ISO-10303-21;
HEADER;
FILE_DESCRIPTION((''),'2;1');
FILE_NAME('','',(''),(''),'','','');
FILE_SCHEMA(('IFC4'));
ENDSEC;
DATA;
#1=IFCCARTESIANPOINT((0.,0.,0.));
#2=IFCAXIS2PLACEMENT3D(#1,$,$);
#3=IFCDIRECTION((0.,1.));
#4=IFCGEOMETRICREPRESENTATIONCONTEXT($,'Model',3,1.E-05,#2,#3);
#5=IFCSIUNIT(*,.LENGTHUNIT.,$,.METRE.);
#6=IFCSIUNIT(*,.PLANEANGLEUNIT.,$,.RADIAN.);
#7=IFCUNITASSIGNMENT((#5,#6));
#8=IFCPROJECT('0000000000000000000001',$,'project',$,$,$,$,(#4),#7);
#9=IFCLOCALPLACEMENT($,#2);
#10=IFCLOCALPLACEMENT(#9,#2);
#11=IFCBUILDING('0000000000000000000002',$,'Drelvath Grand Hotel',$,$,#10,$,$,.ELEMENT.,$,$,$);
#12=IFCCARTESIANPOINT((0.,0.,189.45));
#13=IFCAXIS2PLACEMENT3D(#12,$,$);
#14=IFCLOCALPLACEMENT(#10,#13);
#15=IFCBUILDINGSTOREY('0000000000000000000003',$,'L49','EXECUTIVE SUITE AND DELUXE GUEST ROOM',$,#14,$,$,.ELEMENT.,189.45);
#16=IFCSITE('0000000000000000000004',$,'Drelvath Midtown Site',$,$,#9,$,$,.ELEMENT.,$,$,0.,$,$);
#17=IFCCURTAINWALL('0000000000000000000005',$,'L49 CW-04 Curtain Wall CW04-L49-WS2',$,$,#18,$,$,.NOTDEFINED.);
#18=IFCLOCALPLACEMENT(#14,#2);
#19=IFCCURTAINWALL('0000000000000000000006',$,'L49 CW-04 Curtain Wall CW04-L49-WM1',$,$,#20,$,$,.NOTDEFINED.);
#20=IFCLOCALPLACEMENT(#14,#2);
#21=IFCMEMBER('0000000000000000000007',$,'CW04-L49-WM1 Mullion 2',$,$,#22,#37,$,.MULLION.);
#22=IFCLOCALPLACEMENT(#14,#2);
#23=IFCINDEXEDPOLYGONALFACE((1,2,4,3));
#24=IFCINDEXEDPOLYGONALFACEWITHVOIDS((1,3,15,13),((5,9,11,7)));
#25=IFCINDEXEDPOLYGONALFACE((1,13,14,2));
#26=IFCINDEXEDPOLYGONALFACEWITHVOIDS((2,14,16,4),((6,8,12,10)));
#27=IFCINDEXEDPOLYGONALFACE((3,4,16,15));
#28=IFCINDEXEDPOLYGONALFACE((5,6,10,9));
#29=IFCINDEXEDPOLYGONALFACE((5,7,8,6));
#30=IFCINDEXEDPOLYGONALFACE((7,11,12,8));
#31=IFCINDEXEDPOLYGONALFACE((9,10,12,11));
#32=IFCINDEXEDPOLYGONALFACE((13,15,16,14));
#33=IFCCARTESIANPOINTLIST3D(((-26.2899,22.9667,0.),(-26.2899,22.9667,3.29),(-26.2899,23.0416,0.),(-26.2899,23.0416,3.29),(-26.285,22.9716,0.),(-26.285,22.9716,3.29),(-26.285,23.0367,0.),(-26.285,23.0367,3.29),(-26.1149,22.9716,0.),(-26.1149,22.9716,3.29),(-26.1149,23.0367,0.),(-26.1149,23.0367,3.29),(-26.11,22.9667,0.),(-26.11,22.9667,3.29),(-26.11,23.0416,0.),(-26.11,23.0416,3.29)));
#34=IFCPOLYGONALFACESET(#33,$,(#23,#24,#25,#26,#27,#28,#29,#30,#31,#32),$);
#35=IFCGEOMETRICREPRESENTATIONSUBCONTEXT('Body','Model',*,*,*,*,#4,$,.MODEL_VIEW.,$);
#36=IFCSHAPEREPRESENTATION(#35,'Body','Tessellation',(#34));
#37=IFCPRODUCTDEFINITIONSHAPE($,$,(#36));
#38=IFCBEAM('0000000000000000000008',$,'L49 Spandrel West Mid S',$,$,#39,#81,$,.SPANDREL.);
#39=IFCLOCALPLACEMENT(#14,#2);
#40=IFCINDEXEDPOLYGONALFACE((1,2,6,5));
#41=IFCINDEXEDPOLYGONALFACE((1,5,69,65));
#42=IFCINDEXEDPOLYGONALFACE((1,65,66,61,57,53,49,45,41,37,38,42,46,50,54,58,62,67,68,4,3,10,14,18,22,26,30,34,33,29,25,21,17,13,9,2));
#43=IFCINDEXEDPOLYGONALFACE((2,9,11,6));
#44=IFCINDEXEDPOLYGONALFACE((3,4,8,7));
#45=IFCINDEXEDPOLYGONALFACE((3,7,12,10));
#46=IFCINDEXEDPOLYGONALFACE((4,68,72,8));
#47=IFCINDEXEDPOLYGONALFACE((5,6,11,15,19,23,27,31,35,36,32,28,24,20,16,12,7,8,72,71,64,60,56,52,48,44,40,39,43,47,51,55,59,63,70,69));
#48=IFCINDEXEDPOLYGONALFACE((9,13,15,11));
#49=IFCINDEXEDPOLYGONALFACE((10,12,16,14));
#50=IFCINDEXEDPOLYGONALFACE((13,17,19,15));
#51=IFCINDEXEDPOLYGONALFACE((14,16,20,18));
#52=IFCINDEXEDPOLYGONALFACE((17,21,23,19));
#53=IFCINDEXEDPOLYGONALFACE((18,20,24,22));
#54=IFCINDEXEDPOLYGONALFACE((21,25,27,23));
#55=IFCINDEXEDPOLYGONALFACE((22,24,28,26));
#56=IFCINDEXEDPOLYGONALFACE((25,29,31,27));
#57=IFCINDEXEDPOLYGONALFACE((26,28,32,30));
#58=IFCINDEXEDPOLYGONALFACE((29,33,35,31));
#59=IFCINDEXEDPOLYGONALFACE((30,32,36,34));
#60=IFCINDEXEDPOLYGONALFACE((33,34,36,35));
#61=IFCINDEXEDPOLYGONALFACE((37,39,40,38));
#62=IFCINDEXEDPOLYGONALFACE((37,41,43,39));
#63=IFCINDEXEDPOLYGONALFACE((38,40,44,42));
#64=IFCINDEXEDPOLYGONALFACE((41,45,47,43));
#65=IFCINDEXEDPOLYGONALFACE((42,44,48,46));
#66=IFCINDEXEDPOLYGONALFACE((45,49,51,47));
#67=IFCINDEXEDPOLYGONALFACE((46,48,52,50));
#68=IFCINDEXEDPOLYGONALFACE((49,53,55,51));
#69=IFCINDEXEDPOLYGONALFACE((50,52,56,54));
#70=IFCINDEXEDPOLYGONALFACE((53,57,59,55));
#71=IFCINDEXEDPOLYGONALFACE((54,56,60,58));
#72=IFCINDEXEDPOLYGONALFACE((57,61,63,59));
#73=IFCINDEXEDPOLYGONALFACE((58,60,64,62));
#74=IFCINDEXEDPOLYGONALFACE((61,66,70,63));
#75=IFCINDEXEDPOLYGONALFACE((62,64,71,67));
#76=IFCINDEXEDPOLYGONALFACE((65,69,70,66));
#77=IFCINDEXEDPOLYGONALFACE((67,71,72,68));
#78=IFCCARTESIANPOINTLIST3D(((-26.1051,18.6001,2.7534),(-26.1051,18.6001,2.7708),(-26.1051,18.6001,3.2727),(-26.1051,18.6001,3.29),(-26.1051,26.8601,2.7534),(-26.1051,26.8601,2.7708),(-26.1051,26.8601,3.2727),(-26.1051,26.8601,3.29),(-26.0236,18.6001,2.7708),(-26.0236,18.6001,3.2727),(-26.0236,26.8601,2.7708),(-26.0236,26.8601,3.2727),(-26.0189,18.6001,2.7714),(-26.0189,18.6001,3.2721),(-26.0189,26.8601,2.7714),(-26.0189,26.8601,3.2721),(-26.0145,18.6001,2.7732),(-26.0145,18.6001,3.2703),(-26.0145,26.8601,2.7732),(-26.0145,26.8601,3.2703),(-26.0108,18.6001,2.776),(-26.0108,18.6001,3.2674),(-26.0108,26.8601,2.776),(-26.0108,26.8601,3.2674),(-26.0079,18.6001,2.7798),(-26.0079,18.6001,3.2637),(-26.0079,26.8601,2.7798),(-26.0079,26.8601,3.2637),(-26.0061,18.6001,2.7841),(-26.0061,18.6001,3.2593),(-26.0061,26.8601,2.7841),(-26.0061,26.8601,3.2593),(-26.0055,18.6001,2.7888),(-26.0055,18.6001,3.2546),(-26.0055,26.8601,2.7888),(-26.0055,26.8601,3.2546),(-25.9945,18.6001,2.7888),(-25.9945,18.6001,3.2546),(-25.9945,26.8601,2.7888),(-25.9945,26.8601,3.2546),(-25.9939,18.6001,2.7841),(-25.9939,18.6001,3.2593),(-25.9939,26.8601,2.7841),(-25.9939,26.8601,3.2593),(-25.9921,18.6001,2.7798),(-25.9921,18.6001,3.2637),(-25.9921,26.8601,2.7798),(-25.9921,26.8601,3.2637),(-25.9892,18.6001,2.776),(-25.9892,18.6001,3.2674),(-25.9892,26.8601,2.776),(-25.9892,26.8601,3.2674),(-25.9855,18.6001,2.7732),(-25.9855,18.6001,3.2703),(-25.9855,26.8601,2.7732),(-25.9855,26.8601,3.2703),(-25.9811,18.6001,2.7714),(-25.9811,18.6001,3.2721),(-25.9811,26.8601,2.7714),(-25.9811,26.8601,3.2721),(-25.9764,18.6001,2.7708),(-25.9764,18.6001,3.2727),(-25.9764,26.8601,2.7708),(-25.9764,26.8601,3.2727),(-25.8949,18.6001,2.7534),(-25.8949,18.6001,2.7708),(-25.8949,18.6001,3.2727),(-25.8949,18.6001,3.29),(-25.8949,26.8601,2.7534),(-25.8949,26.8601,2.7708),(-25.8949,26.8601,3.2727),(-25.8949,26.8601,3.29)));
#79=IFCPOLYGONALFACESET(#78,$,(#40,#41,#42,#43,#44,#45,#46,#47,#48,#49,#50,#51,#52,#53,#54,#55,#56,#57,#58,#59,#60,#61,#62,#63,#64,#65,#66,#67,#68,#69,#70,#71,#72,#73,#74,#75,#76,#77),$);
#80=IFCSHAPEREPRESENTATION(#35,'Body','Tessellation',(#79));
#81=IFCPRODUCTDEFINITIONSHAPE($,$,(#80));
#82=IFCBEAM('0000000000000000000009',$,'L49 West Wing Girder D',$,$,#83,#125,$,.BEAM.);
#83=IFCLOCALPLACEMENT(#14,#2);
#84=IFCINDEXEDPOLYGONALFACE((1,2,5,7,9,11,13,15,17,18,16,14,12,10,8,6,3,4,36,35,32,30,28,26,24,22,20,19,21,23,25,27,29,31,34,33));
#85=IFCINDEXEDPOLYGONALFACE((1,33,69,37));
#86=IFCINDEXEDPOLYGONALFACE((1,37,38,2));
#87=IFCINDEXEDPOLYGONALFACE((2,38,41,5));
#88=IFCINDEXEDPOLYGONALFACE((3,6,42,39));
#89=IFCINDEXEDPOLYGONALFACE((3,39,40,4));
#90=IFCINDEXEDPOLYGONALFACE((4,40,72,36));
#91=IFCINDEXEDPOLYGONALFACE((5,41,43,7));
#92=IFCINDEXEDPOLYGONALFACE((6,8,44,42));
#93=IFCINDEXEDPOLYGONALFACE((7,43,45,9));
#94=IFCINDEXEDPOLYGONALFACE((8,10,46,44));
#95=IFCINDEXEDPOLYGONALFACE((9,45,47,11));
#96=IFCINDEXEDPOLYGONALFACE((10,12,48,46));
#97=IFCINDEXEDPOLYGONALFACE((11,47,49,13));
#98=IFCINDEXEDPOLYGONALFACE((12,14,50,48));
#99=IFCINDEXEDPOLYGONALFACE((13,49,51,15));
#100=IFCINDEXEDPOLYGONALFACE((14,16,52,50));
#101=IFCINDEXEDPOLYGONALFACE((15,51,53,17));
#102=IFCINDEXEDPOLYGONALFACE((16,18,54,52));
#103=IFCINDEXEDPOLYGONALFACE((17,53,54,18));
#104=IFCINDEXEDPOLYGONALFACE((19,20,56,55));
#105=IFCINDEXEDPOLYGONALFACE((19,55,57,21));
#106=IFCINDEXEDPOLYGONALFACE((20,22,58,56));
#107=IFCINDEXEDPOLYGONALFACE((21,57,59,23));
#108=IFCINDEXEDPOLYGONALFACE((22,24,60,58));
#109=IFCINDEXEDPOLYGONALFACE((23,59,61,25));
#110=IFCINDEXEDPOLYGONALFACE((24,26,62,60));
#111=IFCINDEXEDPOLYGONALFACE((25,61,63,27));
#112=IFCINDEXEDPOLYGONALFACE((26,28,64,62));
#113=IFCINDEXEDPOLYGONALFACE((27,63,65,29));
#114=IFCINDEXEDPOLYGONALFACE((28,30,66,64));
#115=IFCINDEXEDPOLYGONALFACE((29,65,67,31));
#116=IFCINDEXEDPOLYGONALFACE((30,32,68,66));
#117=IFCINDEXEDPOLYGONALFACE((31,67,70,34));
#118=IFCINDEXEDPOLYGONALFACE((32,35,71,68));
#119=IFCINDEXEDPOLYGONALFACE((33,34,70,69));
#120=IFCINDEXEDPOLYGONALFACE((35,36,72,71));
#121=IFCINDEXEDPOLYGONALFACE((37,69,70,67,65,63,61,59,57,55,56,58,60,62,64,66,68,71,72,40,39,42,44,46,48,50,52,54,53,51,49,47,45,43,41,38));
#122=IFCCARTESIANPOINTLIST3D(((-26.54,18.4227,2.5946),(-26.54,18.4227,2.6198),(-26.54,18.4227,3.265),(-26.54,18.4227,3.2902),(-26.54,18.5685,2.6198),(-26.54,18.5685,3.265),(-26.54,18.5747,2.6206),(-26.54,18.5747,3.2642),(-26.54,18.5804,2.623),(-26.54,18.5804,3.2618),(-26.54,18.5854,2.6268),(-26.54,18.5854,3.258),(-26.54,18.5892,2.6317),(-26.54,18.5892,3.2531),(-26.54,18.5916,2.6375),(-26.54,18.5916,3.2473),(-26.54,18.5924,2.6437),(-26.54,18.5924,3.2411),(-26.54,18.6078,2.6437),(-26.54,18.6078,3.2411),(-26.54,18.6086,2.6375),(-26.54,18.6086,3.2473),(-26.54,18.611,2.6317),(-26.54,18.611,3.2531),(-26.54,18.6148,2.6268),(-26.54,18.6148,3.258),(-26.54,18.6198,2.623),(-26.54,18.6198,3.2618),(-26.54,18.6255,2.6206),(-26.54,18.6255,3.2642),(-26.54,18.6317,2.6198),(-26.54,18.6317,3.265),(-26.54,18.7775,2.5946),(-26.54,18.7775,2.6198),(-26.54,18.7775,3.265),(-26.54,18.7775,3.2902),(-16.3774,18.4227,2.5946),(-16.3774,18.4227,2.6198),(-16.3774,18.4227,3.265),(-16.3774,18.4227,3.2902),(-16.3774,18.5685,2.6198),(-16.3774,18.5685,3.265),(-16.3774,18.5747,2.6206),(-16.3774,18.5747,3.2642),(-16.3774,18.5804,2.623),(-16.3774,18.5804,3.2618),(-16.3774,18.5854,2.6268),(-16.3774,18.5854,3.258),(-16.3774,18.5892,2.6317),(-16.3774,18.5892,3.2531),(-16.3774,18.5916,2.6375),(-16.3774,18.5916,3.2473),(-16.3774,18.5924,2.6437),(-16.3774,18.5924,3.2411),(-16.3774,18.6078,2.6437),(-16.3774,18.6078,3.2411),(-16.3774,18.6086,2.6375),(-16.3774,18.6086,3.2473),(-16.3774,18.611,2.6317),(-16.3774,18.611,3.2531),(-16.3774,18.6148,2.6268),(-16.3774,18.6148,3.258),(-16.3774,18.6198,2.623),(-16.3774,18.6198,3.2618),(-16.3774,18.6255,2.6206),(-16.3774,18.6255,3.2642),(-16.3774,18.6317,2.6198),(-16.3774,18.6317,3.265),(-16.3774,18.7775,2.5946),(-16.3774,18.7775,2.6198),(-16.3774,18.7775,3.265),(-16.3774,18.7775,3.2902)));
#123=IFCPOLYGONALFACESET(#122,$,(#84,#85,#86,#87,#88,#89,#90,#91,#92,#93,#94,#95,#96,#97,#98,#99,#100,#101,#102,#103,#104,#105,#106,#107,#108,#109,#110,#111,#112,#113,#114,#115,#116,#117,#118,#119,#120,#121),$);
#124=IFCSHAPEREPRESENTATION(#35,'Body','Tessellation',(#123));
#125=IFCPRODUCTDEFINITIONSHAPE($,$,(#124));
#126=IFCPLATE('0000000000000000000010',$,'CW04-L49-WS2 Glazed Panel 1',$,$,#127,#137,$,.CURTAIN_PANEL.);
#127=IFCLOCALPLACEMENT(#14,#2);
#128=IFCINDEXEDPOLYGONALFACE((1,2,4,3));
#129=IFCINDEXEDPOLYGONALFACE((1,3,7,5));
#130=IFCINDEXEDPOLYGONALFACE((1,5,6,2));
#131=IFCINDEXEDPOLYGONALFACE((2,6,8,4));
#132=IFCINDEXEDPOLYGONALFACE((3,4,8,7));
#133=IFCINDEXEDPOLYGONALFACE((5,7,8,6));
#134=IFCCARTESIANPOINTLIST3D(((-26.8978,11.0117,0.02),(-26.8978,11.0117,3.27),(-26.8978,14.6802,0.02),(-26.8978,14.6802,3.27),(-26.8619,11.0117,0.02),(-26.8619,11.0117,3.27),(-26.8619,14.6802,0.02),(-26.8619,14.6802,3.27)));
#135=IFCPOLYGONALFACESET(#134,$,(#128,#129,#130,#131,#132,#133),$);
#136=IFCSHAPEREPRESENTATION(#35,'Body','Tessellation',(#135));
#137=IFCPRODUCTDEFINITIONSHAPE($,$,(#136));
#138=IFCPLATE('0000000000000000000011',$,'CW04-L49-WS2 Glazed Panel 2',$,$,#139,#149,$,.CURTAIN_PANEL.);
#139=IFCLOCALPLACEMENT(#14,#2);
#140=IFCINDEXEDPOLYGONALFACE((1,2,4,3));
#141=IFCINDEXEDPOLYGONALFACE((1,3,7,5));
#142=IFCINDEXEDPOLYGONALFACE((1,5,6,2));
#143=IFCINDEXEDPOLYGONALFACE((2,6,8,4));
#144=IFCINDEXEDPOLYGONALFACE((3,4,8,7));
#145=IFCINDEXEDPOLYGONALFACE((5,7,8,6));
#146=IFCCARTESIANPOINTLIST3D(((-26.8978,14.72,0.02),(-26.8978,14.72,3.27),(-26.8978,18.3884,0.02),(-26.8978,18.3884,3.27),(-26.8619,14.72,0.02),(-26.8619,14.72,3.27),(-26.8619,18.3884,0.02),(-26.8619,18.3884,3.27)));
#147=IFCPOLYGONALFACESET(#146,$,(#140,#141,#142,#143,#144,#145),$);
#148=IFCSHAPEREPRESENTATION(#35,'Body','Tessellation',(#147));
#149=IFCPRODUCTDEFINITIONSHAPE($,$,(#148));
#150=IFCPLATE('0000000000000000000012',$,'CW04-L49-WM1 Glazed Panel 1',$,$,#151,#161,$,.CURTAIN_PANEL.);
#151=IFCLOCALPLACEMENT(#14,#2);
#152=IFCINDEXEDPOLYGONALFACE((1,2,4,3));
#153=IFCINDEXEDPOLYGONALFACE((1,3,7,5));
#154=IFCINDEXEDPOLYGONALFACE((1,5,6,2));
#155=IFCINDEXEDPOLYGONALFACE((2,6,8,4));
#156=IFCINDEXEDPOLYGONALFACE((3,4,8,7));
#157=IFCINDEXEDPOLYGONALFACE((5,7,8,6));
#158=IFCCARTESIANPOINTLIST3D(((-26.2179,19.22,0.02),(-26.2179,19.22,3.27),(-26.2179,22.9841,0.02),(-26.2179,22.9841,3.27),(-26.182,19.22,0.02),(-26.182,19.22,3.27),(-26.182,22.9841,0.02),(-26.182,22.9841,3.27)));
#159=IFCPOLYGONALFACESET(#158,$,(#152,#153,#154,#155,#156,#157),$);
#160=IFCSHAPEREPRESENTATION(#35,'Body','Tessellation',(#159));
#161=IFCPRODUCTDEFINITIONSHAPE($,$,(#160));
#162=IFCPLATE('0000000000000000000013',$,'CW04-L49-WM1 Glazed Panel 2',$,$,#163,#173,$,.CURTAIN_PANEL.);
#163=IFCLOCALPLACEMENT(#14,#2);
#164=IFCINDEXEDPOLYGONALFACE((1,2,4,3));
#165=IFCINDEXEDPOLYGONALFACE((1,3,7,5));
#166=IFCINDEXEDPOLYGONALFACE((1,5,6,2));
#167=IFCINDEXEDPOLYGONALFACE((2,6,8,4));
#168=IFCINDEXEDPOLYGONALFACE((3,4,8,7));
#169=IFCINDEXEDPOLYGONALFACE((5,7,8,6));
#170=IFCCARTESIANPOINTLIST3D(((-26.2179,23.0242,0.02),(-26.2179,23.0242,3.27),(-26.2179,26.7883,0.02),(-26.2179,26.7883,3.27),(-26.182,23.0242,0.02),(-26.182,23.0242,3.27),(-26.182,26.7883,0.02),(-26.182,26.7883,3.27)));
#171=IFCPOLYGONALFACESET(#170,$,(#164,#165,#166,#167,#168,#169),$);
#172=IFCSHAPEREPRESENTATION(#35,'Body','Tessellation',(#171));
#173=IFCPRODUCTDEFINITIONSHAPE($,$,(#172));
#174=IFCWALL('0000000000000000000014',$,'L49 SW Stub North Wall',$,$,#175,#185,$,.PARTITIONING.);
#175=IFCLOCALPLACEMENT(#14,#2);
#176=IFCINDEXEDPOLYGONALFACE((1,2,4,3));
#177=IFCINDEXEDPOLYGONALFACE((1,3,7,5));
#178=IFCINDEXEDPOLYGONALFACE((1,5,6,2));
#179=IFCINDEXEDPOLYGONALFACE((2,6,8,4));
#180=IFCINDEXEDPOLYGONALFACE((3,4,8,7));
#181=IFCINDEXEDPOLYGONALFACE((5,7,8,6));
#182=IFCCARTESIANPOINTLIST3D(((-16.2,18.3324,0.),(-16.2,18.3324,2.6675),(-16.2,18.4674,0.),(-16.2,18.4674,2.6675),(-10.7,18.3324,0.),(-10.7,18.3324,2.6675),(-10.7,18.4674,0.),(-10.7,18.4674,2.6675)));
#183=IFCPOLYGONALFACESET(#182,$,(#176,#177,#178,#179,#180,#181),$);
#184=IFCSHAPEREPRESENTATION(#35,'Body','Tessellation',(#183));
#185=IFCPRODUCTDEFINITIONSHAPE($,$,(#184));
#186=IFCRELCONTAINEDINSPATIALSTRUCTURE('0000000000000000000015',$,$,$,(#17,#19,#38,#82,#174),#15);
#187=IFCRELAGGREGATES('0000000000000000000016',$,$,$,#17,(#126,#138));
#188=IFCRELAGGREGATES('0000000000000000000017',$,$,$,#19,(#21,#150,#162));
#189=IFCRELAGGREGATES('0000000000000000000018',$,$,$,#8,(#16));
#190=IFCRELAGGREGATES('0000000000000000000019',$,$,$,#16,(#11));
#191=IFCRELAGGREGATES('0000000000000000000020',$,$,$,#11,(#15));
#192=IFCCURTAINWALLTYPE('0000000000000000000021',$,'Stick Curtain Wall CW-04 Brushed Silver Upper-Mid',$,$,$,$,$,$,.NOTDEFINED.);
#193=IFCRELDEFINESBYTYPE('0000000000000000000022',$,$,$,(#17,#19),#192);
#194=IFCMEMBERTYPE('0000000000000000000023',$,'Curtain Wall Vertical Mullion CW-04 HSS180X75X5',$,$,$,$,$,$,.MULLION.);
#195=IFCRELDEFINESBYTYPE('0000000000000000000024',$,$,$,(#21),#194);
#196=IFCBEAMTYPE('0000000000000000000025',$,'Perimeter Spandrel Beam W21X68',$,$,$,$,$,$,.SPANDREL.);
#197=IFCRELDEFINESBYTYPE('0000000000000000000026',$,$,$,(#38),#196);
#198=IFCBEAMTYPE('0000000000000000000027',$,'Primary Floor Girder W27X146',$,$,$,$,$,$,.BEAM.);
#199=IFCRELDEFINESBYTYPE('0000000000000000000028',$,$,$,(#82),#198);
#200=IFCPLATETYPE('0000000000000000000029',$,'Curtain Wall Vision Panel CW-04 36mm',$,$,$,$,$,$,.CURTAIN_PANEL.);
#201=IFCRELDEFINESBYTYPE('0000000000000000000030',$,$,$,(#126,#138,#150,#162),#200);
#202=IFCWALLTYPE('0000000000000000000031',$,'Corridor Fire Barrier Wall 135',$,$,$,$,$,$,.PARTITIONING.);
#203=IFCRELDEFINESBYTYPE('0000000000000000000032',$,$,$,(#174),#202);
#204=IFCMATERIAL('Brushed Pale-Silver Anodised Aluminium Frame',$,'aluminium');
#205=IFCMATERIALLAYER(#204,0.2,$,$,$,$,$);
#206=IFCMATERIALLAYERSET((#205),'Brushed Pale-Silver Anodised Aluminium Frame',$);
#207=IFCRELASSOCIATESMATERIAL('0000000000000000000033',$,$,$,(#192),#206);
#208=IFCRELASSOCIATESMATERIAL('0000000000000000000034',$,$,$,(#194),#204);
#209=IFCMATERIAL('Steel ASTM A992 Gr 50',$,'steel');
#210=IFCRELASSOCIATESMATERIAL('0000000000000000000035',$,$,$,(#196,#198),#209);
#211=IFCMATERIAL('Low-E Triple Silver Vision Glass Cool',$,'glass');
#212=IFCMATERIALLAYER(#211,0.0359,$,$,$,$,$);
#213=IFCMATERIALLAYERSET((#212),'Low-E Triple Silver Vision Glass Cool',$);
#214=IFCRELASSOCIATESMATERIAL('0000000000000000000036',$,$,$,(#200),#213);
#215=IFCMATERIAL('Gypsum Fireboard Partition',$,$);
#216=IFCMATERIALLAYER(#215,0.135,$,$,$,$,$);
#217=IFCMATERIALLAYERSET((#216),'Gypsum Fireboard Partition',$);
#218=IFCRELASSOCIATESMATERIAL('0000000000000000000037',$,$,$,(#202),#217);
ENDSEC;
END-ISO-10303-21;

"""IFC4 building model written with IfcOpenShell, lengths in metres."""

from ifc_helpers import new_model, si_unit, direction, frame, frame_2d, origin, origin_2d, place, context, subcontext, project, spatial, rectangle, hollow_rectangle, i_section, extrude, material, layer, layer_set, material_profile, profile_set, type_object, element, aggregate, save


model = new_model("IFC4")

# Units and contexts
model_context = context("Model", 3, precision=1e-05, world=origin(), true_north=direction((0.0, 1.0)))
body_context = subcontext(model_context, "Body", "Model", "MODEL_VIEW")
ifc_project = project(units=[si_unit("LENGTHUNIT", "METRE"), si_unit("PLANEANGLEUNIT", "RADIAN")], contexts=[model_context])

# Site, building, storey
site_placement = place(None, origin())
site = spatial("IfcSite", under=ifc_project, at=site_placement, Name="Drelvath Midtown Site", CompositionType="ELEMENT", RefElevation=0.0)
building_placement = place(site_placement, origin())
building = spatial("IfcBuilding", under=site, at=building_placement, Name="Drelvath Grand Hotel", CompositionType="ELEMENT")
storey_placement = place(building_placement, frame((0.0, 0.0, 189.45)))
storey = spatial("IfcBuildingStorey", under=building, at=storey_placement, Name="L49", Description="EXECUTIVE SUITE AND DELUXE GUEST ROOM", CompositionType="ELEMENT", Elevation=189.45)

# Shared definitions
ifc_material_1 = material(Name="Steel ASTM A992 Gr 50", Category="steel")

# Curtain walls
ifc_material_2 = material(Name="Brushed Pale-Silver Anodised Aluminium Frame", Category="aluminium")
ifc_layer_1 = layer(ifc_material_2, 0.2)
ifc_layer_set_1 = layer_set([ifc_layer_1], Name="Brushed Pale-Silver Anodised Aluminium Frame")
curtain_wall_type = type_object("IfcCurtainWallType", Name="Stick Curtain Wall CW-04 Brushed Silver Upper-Mid", PredefinedType="NOTDEFINED", material=ifc_layer_set_1)
curtain_wall_1_placement = place(storey_placement, origin())
curtain_wall_1 = element("IfcCurtainWall", 1, at=curtain_wall_1_placement, inside=storey, type_object=curtain_wall_type, Name="L49 CW-04 Curtain Wall CW04-L49-WS2", PredefinedType="NOTDEFINED")
curtain_wall_2_placement = place(storey_placement, origin())
curtain_wall_2 = element("IfcCurtainWall", 2, at=curtain_wall_2_placement, inside=storey, type_object=curtain_wall_type, Name="L49 CW-04 Curtain Wall CW04-L49-WM1", PredefinedType="NOTDEFINED")

# Member
ifc_material_profile_1 = material_profile(ifc_material_2, hollow_rectangle(XDim=0.075, YDim=0.1799, WallThickness=0.0049, at=origin_2d()), Name="HSS180X75X5")
ifc_profile_set_1 = profile_set([ifc_material_profile_1], Name="Brushed Pale-Silver Anodised Aluminium Frame")
member_type_1 = type_object("IfcMemberType", Name="Curtain Wall Vertical Mullion CW-04 HSS180X75X5", PredefinedType="MULLION", material=ifc_profile_set_1)
member_1_placement = place(storey_placement, frame((-26.2, 23.0042, 0.0), z_axis=(0.0, 0.0, 1.0), x_axis=(0.0, 1.0, 0.0)))
member_1 = element("IfcMember", 3, at=member_1_placement, type_object=member_type_1, Name="CW04-L49-WM1 Mullion 2", PredefinedType="MULLION", context=body_context, shape_type="SweptSolid", body=[
    extrude(hollow_rectangle(XDim=0.075, YDim=0.1799, WallThickness=0.0049, at=origin_2d()), origin(), (0.0, 0.0, 1.0), 3.29),
])

# Beams
ifc_material_profile_2 = material_profile(ifc_material_1, i_section(OverallWidth=0.2102, OverallDepth=0.5366, WebThickness=0.011, FlangeThickness=0.0173, FilletRadius=0.0181, at=origin_2d()), Name="W21X68")
ifc_profile_set_2 = profile_set([ifc_material_profile_2], Name="Steel ASTM A992 Gr 50")
beam_type_1 = type_object("IfcBeamType", Name="Perimeter Spandrel Beam W21X68", PredefinedType="SPANDREL", material=ifc_profile_set_2)
beam_1_placement = place(storey_placement, frame((-26.0, 18.6001, 3.0217), z_axis=(0.0, 1.0, 0.0), x_axis=(-1.0, 0.0, 0.0)))
element("IfcBeam", 4, at=beam_1_placement, inside=storey, type_object=beam_type_1, Name="L49 Spandrel West Mid S", PredefinedType="SPANDREL", context=body_context, shape_type="SweptSolid", body=[
    extrude(i_section(OverallWidth=0.2102, OverallDepth=0.5366, WebThickness=0.011, FlangeThickness=0.0173, FilletRadius=0.0181, at=origin_2d()), origin(), (0.0, 0.0, 1.0), 8.26),
])
ifc_material_profile_3 = material_profile(ifc_material_1, i_section(OverallWidth=0.3547, OverallDepth=0.6956, WebThickness=0.0154, FlangeThickness=0.0251, FilletRadius=0.0239, at=origin_2d()), Name="W27X146")
ifc_profile_set_3 = profile_set([ifc_material_profile_3], Name="Steel ASTM A992 Gr 50")
beam_type_2 = type_object("IfcBeamType", Name="Primary Floor Girder W27X146", PredefinedType="BEAM", material=ifc_profile_set_3)
beam_2_placement = place(storey_placement, frame((-26.54, 18.6001, 2.9424), z_axis=(1.0, 0.0, 0.0), x_axis=(0.0, 1.0, 0.0)))
element("IfcBeam", 5, at=beam_2_placement, inside=storey, type_object=beam_type_2, Name="L49 West Wing Girder D", PredefinedType="BEAM", context=body_context, shape_type="SweptSolid", body=[
    extrude(i_section(OverallWidth=0.3547, OverallDepth=0.6956, WebThickness=0.0154, FlangeThickness=0.0251, FilletRadius=0.0239, at=origin_2d()), origin(), (0.0, 0.0, 1.0), 10.1626),
])

# Plates
ifc_material_3 = material(Name="Low-E Triple Silver Vision Glass Cool", Category="glass")
ifc_layer_2 = layer(ifc_material_3, 0.0359)
ifc_layer_set_2 = layer_set([ifc_layer_2], Name="Low-E Triple Silver Vision Glass Cool")
plate_type = type_object("IfcPlateType", Name="Curtain Wall Vision Panel CW-04 36mm", PredefinedType="CURTAIN_PANEL", material=ifc_layer_set_2)
plate_1_placement = place(storey_placement, frame((-26.8799, 12.8459, 0.02), z_axis=(0.0, 0.0, 1.0), x_axis=(0.0, 1.0, 0.0)))
plate_1 = element("IfcPlate", 6, at=plate_1_placement, type_object=plate_type, Name="CW04-L49-WS2 Glazed Panel 1", PredefinedType="CURTAIN_PANEL", context=body_context, shape_type="SweptSolid", body=[
    extrude(rectangle(XDim=3.6685, YDim=0.0359, at=origin_2d()), origin(), (0.0, 0.0, 1.0), 3.25),
])
plate_2_placement = place(storey_placement, frame((-26.8799, 16.5542, 0.02), z_axis=(0.0, 0.0, 1.0), x_axis=(0.0, 1.0, 0.0)))
plate_2 = element("IfcPlate", 7, at=plate_2_placement, type_object=plate_type, Name="CW04-L49-WS2 Glazed Panel 2", PredefinedType="CURTAIN_PANEL", context=body_context, shape_type="SweptSolid", body=[
    extrude(rectangle(XDim=3.6685, YDim=0.0359, at=origin_2d()), origin(), (0.0, 0.0, 1.0), 3.25),
])
aggregate(curtain_wall_1, [plate_1, plate_2])
plate_3_placement = place(storey_placement, frame((-26.2, 21.1021, 0.02), z_axis=(0.0, 0.0, 1.0), x_axis=(0.0, 1.0, 0.0)))
plate_3 = element("IfcPlate", 8, at=plate_3_placement, type_object=plate_type, Name="CW04-L49-WM1 Glazed Panel 1", PredefinedType="CURTAIN_PANEL", context=body_context, shape_type="SweptSolid", body=[
    extrude(rectangle(XDim=3.7642, YDim=0.0359, at=origin_2d()), origin(), (0.0, 0.0, 1.0), 3.25),
])
plate_4_placement = place(storey_placement, frame((-26.2, 24.9062, 0.02), z_axis=(0.0, 0.0, 1.0), x_axis=(0.0, 1.0, 0.0)))
plate_4 = element("IfcPlate", 9, at=plate_4_placement, type_object=plate_type, Name="CW04-L49-WM1 Glazed Panel 2", PredefinedType="CURTAIN_PANEL", context=body_context, shape_type="SweptSolid", body=[
    extrude(rectangle(XDim=3.7642, YDim=0.0359, at=origin_2d()), origin(), (0.0, 0.0, 1.0), 3.25),
])
aggregate(curtain_wall_2, [member_1, plate_3, plate_4])

# Wall
ifc_material_4 = material(Name="Gypsum Fireboard Partition")
ifc_layer_3 = layer(ifc_material_4, 0.135)
ifc_layer_set_3 = layer_set([ifc_layer_3], Name="Gypsum Fireboard Partition")
wall_type_1 = type_object("IfcWallType", Name="Corridor Fire Barrier Wall 135", PredefinedType="PARTITIONING", material=ifc_layer_set_3)
wall_1_placement = place(storey_placement, frame((-16.2, 18.3999, 0.0), z_axis=(0.0, 0.0, 1.0), x_axis=(1.0, 0.0, 0.0)))
element("IfcWall", 10, at=wall_1_placement, inside=storey, type_object=wall_type_1, Name="L49 SW Stub North Wall", PredefinedType="PARTITIONING", context=body_context, shape_type="SweptSolid", body=[
    extrude(rectangle(XDim=5.5, YDim=0.135, at=frame_2d((2.75, 0.0))), origin(), (0.0, 0.0, 1.0), 2.6675),
])

save(model, "model.ifc")
